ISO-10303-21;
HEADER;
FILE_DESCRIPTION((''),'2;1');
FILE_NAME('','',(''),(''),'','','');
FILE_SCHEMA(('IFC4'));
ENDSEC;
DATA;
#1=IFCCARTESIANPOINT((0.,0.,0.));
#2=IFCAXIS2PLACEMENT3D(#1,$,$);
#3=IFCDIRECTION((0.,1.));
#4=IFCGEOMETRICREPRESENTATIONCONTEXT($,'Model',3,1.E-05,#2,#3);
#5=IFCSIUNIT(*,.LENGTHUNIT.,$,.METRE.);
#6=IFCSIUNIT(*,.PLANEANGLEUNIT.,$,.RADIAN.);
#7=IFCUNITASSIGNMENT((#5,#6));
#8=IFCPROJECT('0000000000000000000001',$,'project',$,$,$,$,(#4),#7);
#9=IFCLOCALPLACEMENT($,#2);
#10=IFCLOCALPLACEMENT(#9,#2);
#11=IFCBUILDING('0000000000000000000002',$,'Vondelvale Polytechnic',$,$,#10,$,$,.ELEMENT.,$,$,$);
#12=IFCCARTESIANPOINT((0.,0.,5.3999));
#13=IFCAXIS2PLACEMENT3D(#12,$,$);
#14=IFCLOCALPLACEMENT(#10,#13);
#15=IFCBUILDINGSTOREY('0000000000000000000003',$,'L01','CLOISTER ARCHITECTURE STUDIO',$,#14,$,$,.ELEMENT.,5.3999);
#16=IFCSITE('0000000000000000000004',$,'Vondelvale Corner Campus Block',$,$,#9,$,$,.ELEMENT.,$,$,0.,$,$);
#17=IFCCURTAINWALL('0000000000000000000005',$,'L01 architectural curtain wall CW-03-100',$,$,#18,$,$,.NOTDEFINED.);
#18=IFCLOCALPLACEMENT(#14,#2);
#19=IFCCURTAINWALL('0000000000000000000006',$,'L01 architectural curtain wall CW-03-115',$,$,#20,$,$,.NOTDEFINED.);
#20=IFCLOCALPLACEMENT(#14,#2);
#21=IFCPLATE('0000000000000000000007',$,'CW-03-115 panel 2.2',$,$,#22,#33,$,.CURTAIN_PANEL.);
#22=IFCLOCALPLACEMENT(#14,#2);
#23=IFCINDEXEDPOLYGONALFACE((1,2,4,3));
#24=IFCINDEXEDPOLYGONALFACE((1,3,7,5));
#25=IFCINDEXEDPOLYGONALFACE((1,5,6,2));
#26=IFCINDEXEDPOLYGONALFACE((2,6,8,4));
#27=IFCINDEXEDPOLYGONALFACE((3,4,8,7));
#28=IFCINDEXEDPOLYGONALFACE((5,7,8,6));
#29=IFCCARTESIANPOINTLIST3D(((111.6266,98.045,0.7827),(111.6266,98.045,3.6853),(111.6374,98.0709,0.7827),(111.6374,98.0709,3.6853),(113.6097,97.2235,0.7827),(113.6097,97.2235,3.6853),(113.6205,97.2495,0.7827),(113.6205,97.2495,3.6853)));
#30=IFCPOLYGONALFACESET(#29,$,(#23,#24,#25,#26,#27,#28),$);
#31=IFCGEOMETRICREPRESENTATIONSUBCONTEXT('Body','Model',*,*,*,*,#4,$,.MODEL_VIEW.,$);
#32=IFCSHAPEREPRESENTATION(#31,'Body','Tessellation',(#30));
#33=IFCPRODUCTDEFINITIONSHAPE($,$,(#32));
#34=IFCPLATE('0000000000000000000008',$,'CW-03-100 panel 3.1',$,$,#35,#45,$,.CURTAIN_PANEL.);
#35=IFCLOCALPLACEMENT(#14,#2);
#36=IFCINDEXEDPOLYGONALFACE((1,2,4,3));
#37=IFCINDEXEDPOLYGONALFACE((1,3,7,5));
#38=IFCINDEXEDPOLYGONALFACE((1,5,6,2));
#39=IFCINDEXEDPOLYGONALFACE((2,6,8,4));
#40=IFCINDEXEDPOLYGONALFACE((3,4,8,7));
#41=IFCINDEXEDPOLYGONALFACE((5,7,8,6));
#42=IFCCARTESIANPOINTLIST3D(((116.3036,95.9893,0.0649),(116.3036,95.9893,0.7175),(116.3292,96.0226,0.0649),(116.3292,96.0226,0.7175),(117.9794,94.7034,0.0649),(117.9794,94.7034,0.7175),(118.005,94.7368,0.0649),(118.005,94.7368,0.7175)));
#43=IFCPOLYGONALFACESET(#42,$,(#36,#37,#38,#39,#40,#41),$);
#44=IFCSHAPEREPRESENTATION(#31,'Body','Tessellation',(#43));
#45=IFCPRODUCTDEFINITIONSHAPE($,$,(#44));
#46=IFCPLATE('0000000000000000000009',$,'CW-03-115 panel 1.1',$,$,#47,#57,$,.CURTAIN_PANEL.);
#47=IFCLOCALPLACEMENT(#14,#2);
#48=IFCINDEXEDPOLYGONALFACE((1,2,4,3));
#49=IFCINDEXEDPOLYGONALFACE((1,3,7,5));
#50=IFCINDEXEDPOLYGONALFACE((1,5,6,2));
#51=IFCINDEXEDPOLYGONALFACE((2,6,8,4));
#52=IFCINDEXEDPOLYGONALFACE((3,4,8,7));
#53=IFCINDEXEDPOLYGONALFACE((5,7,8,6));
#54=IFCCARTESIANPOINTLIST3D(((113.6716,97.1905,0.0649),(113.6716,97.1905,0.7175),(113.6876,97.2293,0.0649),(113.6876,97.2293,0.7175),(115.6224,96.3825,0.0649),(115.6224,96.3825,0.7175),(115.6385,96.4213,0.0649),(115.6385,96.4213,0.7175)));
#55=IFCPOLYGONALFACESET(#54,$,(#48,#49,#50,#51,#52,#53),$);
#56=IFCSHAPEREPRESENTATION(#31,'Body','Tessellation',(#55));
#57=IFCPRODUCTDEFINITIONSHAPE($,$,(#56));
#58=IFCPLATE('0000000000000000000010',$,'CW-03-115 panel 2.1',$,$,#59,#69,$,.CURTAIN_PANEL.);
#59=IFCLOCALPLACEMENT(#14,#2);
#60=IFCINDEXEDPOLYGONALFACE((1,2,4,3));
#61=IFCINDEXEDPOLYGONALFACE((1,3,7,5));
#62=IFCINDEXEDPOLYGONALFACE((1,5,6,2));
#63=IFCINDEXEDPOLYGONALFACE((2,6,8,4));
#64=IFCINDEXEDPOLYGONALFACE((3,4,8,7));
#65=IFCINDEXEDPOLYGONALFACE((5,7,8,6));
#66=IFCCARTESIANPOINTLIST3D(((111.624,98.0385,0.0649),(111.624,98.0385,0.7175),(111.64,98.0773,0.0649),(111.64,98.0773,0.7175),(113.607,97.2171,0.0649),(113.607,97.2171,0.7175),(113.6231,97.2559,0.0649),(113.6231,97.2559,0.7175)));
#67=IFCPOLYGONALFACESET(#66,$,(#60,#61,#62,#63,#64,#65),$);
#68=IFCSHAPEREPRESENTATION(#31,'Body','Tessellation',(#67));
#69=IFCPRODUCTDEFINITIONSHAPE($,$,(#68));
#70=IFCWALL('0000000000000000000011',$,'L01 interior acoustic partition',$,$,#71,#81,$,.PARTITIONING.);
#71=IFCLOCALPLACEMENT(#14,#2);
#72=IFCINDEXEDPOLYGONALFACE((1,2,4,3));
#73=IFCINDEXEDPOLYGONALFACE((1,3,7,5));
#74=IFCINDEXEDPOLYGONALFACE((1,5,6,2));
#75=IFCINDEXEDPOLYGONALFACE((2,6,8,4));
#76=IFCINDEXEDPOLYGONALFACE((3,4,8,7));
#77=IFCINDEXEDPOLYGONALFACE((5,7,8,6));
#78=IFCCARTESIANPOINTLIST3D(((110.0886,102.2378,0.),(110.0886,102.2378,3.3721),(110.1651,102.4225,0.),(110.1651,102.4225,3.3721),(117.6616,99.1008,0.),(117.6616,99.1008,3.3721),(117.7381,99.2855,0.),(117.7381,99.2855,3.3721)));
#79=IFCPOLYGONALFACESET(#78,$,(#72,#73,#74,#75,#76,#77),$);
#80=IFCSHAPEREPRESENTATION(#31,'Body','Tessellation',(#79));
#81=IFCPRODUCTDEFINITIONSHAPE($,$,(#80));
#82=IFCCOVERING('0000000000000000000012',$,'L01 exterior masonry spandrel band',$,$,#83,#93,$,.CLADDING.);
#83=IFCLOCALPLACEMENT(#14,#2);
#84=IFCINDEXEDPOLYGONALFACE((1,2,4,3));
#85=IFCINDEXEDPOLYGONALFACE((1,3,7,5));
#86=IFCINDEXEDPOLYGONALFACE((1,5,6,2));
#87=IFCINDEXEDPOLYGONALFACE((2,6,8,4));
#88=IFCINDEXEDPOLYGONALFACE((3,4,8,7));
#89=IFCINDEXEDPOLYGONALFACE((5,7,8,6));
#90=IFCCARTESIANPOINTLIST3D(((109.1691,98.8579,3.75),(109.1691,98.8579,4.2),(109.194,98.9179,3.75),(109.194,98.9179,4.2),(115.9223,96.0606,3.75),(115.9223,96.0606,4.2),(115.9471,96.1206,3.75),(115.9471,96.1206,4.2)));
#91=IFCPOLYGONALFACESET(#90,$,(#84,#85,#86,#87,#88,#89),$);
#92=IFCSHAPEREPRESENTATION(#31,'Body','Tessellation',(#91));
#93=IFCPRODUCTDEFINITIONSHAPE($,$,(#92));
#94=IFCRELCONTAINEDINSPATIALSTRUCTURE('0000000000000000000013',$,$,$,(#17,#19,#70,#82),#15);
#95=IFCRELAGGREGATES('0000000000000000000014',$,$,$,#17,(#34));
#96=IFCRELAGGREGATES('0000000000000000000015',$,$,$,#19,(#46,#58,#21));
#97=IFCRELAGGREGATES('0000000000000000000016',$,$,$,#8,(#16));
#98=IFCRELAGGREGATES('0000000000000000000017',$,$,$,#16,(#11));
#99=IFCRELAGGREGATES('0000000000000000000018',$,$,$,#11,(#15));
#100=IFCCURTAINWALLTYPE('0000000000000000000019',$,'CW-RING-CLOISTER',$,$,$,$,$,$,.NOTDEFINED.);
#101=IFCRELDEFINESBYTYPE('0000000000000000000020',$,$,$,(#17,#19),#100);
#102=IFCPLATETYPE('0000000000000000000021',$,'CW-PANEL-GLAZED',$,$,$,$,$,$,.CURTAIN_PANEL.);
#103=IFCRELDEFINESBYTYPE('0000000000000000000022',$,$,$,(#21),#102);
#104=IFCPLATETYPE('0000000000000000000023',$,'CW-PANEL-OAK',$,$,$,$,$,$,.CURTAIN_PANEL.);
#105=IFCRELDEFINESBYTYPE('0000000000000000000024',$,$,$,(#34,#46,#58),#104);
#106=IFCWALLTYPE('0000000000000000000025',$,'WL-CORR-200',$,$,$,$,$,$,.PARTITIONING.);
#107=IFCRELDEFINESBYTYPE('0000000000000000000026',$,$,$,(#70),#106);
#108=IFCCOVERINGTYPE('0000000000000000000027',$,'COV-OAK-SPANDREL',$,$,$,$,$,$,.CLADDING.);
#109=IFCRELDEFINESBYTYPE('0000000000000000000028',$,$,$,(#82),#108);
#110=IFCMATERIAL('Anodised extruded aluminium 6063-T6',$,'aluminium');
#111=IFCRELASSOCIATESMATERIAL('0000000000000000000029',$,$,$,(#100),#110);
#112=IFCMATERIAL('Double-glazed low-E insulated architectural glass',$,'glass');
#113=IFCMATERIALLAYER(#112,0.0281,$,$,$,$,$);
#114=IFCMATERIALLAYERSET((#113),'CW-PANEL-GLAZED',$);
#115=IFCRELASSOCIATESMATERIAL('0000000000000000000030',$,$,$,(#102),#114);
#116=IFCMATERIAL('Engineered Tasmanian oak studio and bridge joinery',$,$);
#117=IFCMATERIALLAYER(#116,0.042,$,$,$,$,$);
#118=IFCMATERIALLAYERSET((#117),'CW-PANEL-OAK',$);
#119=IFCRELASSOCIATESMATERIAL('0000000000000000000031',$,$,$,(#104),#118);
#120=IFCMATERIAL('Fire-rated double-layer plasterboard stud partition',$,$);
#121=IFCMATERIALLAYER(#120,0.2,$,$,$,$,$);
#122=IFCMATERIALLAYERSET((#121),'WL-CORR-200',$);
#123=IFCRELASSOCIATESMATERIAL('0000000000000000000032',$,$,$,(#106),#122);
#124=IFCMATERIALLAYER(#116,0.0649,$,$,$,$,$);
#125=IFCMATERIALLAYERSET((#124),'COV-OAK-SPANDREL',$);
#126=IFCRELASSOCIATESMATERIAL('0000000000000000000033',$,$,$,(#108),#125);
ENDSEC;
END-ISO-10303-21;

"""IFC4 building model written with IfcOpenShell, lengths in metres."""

from ifc_helpers import new_model, si_unit, direction, frame, frame_2d, origin, origin_2d, place, context, subcontext, project, spatial, rectangle, extrude, material, layer, layer_set, type_object, element, aggregate, save


model = new_model("IFC4")

# Units and contexts
model_context = context("Model", 3, precision=1e-05, world=origin(), true_north=direction((0.0, 1.0)))
body_context = subcontext(model_context, "Body", "Model", "MODEL_VIEW")
ifc_project = project(units=[si_unit("LENGTHUNIT", "METRE"), si_unit("PLANEANGLEUNIT", "RADIAN")], contexts=[model_context])

# Site, building, storey
site_placement = place(None, origin())
site = spatial("IfcSite", under=ifc_project, at=site_placement, Name="Vondelvale Corner Campus Block", CompositionType="ELEMENT", RefElevation=0.0)
building_placement = place(site_placement, origin())
building = spatial("IfcBuilding", under=site, at=building_placement, Name="Vondelvale Polytechnic", CompositionType="ELEMENT")
storey_placement = place(building_placement, frame((0.0, 0.0, 5.3999)))
storey = spatial("IfcBuildingStorey", under=building, at=storey_placement, Name="L01", Description="CLOISTER ARCHITECTURE STUDIO", CompositionType="ELEMENT", Elevation=5.3999)

# Curtain wall
ifc_material_1 = material(Name="Anodised extruded aluminium 6063-T6", Category="aluminium")
curtain_wall_type = type_object("IfcCurtainWallType", Name="CW-RING-CLOISTER", PredefinedType="NOTDEFINED", material=ifc_material_1)
curtain_wall_1_placement = place(storey_placement, origin())
curtain_wall_1 = element("IfcCurtainWall", 1, at=curtain_wall_1_placement, inside=storey, type_object=curtain_wall_type, Name="L01 architectural curtain wall CW-03-100", PredefinedType="NOTDEFINED")

# Curtain wall
curtain_wall_2_placement = place(storey_placement, origin())
curtain_wall_2 = element("IfcCurtainWall", 2, at=curtain_wall_2_placement, inside=storey, type_object=curtain_wall_type, Name="L01 architectural curtain wall CW-03-115", PredefinedType="NOTDEFINED")

# Plates
ifc_material_2 = material(Name="Double-glazed low-E insulated architectural glass", Category="glass")
ifc_layer_1 = layer(ifc_material_2, 0.0281)
ifc_layer_set_1 = layer_set([ifc_layer_1], Name="CW-PANEL-GLAZED")
plate_type_1 = type_object("IfcPlateType", Name="CW-PANEL-GLAZED", PredefinedType="CURTAIN_PANEL", material=ifc_layer_set_1)
plate_1_placement = place(storey_placement, frame((112.6235, 97.6472, 0.7827), z_axis=(0.0, 0.0, 1.0), x_axis=(-0.923882, 0.382679, 0.0)))
plate_1 = element("IfcPlate", 3, at=plate_1_placement, type_object=plate_type_1, Name="CW-03-115 panel 2.2", PredefinedType="CURTAIN_PANEL", context=body_context, shape_type="SweptSolid", body=[
    extrude(rectangle(XDim=2.1465, YDim=0.0281, at=origin_2d()), origin(), (0.0, 0.0, 1.0), 2.9026),
])
ifc_material_3 = material(Name="Engineered Tasmanian oak studio and bridge joinery")
ifc_layer_2 = layer(ifc_material_3, 0.042)
ifc_layer_set_2 = layer_set([ifc_layer_2], Name="CW-PANEL-OAK")
plate_type_2 = type_object("IfcPlateType", Name="CW-PANEL-OAK", PredefinedType="CURTAIN_PANEL", material=ifc_layer_set_2)
plate_2_placement = place(storey_placement, frame((117.1543, 95.363, 0.0649), z_axis=(0.0, 0.0, 1.0), x_axis=(-0.793364, 0.608748, 0.0)))
plate_2 = element("IfcPlate", 4, at=plate_2_placement, type_object=plate_type_2, Name="CW-03-100 panel 3.1", PredefinedType="CURTAIN_PANEL", context=body_context, shape_type="SweptSolid", body=[
    extrude(rectangle(XDim=2.1123, YDim=0.042, at=origin_2d()), origin(), (0.0, 0.0, 1.0), 0.6526),
])
aggregate(curtain_wall_1, [plate_2])
plate_3_placement = place(storey_placement, frame((114.655, 96.8059, 0.0649), z_axis=(0.0, 0.0, 1.0), x_axis=(-0.923882, 0.382679, 0.0)))
plate_3 = element("IfcPlate", 5, at=plate_3_placement, type_object=plate_type_2, Name="CW-03-115 panel 1.1", PredefinedType="CURTAIN_PANEL", context=body_context, shape_type="SweptSolid", body=[
    extrude(rectangle(XDim=2.1116, YDim=0.042, at=origin_2d()), origin(), (0.0, 0.0, 1.0), 0.6526),
])
plate_4_placement = place(storey_placement, frame((112.6235, 97.6472, 0.0649), z_axis=(0.0, 0.0, 1.0), x_axis=(-0.923882, 0.382679, 0.0)))
plate_4 = element("IfcPlate", 6, at=plate_4_placement, type_object=plate_type_2, Name="CW-03-115 panel 2.1", PredefinedType="CURTAIN_PANEL", context=body_context, shape_type="SweptSolid", body=[
    extrude(rectangle(XDim=2.1465, YDim=0.042, at=origin_2d()), origin(), (0.0, 0.0, 1.0), 0.6526),
])
aggregate(curtain_wall_2, [plate_3, plate_4, plate_1])

# Wall
ifc_material_4 = material(Name="Fire-rated double-layer plasterboard stud partition")
ifc_layer_3 = layer(ifc_material_4, 0.2)
ifc_layer_set_3 = layer_set([ifc_layer_3], Name="WL-CORR-200")
wall_type = type_object("IfcWallType", Name="WL-CORR-200", PredefinedType="PARTITIONING", material=ifc_layer_set_3)
wall_placement = place(storey_placement, frame((117.7, 99.1931, 0.0), z_axis=(0.0, 0.0, 1.0), x_axis=(-0.923874, 0.382696, 0.0)))
element("IfcWall", 7, at=wall_placement, inside=storey, type_object=wall_type, Name="L01 interior acoustic partition", PredefinedType="PARTITIONING", context=body_context, shape_type="SweptSolid", body=[
    extrude(rectangle(XDim=8.197, YDim=0.2, at=frame_2d((4.0986, 0.0))), origin(), (0.0, 0.0, 1.0), 3.3721),
])

# Covering
ifc_layer_4 = layer(ifc_material_3, 0.0649)
ifc_layer_set_4 = layer_set([ifc_layer_4], Name="COV-OAK-SPANDREL")
covering_type = type_object("IfcCoveringType", Name="COV-OAK-SPANDREL", PredefinedType="CLADDING", material=ifc_layer_set_4)
covering_placement = place(storey_placement, frame((112.5581, 97.4893, 3.75), z_axis=(0.0, 0.0, 1.0), x_axis=(-0.92388, 0.382683, 0.0)))
element("IfcCovering", 8, at=covering_placement, inside=storey, type_object=covering_type, Name="L01 exterior masonry spandrel band", PredefinedType="CLADDING", context=body_context, shape_type="SweptSolid", body=[
    extrude(rectangle(XDim=7.3096, YDim=0.0649, at=origin_2d()), origin(), (0.0, 0.0, 1.0), 0.45),
])

save(model, "model.ifc")
